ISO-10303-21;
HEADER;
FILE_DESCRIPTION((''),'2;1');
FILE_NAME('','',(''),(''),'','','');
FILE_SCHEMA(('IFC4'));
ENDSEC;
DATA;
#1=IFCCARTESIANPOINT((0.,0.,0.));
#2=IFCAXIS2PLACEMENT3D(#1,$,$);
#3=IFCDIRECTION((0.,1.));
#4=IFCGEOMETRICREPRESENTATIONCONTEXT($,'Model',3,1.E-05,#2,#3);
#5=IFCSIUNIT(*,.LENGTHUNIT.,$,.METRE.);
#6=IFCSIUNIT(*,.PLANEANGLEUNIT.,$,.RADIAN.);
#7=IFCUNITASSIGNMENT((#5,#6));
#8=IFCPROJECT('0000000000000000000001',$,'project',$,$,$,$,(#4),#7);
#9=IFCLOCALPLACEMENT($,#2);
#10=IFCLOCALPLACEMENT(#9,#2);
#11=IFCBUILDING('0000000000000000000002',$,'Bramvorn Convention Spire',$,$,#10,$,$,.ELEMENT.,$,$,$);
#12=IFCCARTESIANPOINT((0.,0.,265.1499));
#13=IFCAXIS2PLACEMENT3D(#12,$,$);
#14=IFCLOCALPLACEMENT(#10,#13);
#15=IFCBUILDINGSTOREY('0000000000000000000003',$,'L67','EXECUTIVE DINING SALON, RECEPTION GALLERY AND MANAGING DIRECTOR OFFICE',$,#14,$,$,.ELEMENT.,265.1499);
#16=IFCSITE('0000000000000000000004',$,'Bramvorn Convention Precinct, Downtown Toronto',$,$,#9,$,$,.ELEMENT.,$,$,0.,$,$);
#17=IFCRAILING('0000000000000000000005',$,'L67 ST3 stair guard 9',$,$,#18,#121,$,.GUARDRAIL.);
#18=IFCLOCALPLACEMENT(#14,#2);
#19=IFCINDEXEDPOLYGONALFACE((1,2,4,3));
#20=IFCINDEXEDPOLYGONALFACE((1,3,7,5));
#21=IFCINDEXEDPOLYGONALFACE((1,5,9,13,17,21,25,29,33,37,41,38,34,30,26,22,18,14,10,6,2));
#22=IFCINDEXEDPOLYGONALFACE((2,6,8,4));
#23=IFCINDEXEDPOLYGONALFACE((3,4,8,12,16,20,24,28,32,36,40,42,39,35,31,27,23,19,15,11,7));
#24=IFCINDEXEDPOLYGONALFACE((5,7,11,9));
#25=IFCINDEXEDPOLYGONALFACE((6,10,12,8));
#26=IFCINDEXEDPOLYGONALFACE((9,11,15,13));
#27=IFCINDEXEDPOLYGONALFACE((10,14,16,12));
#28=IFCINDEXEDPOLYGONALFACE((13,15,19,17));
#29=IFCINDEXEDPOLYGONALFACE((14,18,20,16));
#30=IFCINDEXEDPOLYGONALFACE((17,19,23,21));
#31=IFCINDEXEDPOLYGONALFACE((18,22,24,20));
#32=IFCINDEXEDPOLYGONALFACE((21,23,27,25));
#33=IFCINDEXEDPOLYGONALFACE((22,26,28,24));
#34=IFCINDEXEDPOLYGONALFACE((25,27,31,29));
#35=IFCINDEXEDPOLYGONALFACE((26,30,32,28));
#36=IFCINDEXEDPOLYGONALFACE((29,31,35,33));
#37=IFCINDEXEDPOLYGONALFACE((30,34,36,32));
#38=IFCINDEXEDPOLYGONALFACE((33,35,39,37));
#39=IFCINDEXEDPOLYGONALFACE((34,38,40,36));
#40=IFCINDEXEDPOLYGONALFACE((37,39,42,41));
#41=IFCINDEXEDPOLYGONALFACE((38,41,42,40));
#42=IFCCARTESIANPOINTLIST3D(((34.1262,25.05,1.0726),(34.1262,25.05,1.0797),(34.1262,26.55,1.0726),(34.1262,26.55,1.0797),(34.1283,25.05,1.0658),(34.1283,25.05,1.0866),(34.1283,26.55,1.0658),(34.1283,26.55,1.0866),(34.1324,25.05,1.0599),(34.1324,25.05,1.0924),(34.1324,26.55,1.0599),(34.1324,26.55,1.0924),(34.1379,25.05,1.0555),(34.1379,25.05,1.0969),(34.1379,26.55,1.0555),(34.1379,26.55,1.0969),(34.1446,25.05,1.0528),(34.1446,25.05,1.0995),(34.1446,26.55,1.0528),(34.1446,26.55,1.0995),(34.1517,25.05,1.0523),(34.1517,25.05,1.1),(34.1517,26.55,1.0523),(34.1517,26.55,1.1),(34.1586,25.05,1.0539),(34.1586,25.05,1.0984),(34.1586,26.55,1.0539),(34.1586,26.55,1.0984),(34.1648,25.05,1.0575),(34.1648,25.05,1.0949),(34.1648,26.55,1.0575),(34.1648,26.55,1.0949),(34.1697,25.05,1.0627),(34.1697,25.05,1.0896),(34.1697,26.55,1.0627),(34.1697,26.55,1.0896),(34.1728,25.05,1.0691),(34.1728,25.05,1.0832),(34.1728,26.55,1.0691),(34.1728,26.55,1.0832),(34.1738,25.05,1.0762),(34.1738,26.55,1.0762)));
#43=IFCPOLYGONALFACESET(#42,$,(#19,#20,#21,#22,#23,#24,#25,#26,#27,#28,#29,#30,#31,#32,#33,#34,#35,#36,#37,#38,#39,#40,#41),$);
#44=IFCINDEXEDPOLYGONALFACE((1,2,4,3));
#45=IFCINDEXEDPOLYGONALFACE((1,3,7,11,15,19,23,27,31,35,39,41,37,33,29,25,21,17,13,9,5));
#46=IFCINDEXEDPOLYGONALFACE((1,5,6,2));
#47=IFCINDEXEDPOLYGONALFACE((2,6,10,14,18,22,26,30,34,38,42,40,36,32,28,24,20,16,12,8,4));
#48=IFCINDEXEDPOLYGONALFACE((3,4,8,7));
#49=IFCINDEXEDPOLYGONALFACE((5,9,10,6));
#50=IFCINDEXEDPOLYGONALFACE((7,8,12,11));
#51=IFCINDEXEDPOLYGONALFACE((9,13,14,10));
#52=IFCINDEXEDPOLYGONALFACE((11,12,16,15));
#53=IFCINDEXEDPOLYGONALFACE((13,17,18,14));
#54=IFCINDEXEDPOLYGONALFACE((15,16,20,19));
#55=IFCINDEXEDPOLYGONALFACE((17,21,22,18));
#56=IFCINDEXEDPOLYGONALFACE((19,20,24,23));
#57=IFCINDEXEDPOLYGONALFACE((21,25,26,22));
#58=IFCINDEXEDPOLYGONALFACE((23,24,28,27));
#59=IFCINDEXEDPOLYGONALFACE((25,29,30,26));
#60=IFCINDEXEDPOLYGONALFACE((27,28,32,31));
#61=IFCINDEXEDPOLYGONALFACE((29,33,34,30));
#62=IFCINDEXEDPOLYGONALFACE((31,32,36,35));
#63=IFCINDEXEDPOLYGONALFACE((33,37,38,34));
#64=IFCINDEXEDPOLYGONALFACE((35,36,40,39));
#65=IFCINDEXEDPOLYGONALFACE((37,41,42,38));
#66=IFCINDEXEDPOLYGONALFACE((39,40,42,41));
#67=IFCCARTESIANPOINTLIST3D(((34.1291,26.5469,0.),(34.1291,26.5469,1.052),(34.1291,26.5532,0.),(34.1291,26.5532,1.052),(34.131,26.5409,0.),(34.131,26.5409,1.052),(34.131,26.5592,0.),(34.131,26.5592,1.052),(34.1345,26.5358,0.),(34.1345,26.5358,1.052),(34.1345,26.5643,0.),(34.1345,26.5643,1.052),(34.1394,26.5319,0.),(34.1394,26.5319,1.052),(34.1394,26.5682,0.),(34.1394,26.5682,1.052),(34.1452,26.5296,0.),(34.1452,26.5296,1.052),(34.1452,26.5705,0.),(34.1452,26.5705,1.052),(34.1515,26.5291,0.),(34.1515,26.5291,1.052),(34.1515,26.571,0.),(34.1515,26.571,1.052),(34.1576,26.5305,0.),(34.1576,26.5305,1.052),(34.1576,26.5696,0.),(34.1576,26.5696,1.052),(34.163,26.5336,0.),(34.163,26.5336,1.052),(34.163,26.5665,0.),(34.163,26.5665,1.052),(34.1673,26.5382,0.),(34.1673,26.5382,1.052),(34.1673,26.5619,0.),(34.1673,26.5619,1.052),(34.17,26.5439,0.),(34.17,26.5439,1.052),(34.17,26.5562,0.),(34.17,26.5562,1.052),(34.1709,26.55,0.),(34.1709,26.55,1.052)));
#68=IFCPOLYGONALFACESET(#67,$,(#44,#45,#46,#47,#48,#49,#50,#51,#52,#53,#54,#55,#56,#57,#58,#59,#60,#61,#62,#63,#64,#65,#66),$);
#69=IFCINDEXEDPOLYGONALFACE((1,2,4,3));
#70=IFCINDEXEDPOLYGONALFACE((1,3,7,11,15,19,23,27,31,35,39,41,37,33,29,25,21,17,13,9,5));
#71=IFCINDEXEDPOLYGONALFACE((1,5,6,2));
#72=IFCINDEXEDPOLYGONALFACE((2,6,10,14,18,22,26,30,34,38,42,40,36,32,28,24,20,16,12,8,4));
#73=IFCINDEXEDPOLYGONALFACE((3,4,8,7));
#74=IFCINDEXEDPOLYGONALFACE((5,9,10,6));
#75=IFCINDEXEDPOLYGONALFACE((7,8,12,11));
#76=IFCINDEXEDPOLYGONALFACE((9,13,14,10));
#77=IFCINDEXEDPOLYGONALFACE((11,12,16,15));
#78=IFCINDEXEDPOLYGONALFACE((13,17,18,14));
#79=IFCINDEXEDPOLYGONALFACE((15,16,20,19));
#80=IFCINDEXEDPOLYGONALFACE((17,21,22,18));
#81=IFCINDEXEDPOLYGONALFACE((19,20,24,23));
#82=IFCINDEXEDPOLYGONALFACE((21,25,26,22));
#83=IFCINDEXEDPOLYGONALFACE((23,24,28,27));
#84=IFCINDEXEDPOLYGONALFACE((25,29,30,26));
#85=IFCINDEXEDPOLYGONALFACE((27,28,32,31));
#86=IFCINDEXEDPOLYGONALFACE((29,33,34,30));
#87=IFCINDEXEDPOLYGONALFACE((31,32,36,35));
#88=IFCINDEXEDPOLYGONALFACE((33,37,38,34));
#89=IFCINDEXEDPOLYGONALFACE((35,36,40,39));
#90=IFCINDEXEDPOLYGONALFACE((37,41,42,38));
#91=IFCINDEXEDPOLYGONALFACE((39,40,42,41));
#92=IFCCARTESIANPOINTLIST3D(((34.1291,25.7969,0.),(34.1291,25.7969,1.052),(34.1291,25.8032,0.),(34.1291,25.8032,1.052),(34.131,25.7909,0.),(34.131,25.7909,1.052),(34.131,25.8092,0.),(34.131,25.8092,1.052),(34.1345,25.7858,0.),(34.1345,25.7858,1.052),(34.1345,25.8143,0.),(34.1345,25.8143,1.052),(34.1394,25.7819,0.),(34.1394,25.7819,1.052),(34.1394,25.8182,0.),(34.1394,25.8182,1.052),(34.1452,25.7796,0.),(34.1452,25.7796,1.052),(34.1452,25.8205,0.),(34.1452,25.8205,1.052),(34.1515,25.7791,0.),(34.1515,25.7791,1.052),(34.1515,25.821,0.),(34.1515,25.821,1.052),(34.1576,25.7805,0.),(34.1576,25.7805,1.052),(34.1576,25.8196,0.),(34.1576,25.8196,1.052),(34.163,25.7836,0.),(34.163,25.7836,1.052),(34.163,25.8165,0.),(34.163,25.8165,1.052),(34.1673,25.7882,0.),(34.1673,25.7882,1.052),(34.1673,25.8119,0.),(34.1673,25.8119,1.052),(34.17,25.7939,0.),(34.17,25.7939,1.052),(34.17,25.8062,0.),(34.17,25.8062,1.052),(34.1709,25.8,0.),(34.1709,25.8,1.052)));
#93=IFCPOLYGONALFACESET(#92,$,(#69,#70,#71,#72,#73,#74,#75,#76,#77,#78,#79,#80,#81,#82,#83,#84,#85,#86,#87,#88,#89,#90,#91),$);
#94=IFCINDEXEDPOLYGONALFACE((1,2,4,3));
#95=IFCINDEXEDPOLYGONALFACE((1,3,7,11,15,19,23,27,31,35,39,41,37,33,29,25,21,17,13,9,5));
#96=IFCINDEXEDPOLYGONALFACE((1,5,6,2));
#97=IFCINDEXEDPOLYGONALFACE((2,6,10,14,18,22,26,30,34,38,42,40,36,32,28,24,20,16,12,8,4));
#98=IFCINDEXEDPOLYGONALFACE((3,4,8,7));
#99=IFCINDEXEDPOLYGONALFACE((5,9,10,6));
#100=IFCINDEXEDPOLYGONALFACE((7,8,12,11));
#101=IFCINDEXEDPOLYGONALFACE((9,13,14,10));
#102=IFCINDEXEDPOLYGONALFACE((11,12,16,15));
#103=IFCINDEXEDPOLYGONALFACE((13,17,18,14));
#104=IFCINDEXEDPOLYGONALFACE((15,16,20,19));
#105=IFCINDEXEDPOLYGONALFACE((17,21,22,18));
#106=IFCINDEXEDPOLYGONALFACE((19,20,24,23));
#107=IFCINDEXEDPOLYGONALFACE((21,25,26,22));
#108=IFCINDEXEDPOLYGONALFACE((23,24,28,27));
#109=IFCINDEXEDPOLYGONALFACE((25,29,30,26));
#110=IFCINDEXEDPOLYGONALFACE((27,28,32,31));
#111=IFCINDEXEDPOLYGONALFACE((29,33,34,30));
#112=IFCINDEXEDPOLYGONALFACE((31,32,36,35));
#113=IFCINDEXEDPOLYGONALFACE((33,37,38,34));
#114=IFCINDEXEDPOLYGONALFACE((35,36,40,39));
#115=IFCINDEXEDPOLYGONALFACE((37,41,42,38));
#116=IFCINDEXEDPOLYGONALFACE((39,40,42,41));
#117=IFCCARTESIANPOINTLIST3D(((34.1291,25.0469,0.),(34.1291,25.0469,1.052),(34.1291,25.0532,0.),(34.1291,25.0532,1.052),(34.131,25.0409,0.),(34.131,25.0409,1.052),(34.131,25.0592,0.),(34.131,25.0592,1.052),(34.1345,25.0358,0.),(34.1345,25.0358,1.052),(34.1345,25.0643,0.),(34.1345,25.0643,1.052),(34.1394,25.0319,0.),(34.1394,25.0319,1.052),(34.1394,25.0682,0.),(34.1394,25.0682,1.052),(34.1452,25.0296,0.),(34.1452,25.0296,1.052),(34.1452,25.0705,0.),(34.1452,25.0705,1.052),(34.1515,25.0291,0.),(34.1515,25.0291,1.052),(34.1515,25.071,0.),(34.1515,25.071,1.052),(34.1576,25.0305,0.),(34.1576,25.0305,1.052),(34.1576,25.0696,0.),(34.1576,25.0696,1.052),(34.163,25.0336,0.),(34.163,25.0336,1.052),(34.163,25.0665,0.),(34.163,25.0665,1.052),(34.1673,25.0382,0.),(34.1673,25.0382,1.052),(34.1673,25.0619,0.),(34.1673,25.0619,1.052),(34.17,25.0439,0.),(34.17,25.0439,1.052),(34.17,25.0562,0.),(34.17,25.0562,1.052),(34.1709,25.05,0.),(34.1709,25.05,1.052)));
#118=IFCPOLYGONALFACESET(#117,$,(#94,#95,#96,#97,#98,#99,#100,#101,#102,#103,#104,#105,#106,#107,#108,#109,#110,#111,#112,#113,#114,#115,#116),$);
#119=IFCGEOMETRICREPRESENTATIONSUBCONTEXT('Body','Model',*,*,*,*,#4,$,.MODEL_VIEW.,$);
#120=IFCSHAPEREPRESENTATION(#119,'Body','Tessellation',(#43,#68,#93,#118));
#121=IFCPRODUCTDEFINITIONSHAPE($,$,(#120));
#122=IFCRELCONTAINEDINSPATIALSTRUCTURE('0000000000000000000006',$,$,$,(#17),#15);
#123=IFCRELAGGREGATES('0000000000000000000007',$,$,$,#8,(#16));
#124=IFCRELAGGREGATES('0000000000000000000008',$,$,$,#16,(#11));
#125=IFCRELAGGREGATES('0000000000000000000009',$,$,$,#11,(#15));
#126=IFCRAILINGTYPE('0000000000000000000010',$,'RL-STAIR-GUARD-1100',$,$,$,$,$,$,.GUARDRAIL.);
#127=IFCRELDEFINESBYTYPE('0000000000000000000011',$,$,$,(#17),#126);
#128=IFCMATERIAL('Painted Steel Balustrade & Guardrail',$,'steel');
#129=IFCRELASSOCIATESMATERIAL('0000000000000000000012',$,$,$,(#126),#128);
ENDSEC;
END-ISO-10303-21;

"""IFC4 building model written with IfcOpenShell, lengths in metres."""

from ifc_helpers import new_model, si_unit, direction, frame, origin, origin_2d, place, context, subcontext, project, spatial, circle, extrude, material, type_object, element, save


model = new_model("IFC4")

# Units and contexts
model_context = context("Model", 3, precision=1e-05, world=origin(), true_north=direction((0.0, 1.0)))
body_context = subcontext(model_context, "Body", "Model", "MODEL_VIEW")
ifc_project = project(units=[si_unit("LENGTHUNIT", "METRE"), si_unit("PLANEANGLEUNIT", "RADIAN")], contexts=[model_context])

# Site, building, storey
site_placement = place(None, origin())
site = spatial("IfcSite", under=ifc_project, at=site_placement, Name="Bramvorn Convention Precinct, Downtown Toronto", CompositionType="ELEMENT", RefElevation=0.0)
building_placement = place(site_placement, origin())
building = spatial("IfcBuilding", under=site, at=building_placement, Name="Bramvorn Convention Spire", CompositionType="ELEMENT")
storey_placement = place(building_placement, frame((0.0, 0.0, 265.1499)))
storey = spatial("IfcBuildingStorey", under=building, at=storey_placement, Name="L67", Description="EXECUTIVE DINING SALON, RECEPTION GALLERY AND MANAGING DIRECTOR OFFICE", CompositionType="ELEMENT", Elevation=265.1499)

# Railing
ifc_material_1 = material(Name="Painted Steel Balustrade & Guardrail", Category="steel")
railing_type = type_object("IfcRailingType", Name="RL-STAIR-GUARD-1100", PredefinedType="GUARDRAIL", material=ifc_material_1)
for number, where, name in (
    (1, (34.1499, 26.55, 0.0), "L67 ST3 stair guard 9"),
):
    element("IfcRailing", number, at=place(storey_placement, frame(where)), inside=storey, type_object=railing_type, Name=name, PredefinedType="GUARDRAIL", context=body_context, shape_type="SweptSolid", body=[
        extrude(circle(Radius=0.0239, at=origin_2d()), frame((0.0, 0.0, 1.0762), z_axis=(0.0, -1.0, 0.0), x_axis=(1.0, 0.0, 0.0)), (0.0, 0.0, 1.0), 1.5),
        extrude(circle(Radius=0.021, at=origin_2d()), origin(), (0.0, 0.0, 1.0), 1.052),
        extrude(circle(Radius=0.021, at=origin_2d()), frame((0.0, -0.75, 0.0)), (0.0, 0.0, 1.0), 1.052),
        extrude(circle(Radius=0.021, at=origin_2d()), frame((0.0, -1.5, 0.0)), (0.0, 0.0, 1.0), 1.052),
    ])

save(model, "model.ifc")
